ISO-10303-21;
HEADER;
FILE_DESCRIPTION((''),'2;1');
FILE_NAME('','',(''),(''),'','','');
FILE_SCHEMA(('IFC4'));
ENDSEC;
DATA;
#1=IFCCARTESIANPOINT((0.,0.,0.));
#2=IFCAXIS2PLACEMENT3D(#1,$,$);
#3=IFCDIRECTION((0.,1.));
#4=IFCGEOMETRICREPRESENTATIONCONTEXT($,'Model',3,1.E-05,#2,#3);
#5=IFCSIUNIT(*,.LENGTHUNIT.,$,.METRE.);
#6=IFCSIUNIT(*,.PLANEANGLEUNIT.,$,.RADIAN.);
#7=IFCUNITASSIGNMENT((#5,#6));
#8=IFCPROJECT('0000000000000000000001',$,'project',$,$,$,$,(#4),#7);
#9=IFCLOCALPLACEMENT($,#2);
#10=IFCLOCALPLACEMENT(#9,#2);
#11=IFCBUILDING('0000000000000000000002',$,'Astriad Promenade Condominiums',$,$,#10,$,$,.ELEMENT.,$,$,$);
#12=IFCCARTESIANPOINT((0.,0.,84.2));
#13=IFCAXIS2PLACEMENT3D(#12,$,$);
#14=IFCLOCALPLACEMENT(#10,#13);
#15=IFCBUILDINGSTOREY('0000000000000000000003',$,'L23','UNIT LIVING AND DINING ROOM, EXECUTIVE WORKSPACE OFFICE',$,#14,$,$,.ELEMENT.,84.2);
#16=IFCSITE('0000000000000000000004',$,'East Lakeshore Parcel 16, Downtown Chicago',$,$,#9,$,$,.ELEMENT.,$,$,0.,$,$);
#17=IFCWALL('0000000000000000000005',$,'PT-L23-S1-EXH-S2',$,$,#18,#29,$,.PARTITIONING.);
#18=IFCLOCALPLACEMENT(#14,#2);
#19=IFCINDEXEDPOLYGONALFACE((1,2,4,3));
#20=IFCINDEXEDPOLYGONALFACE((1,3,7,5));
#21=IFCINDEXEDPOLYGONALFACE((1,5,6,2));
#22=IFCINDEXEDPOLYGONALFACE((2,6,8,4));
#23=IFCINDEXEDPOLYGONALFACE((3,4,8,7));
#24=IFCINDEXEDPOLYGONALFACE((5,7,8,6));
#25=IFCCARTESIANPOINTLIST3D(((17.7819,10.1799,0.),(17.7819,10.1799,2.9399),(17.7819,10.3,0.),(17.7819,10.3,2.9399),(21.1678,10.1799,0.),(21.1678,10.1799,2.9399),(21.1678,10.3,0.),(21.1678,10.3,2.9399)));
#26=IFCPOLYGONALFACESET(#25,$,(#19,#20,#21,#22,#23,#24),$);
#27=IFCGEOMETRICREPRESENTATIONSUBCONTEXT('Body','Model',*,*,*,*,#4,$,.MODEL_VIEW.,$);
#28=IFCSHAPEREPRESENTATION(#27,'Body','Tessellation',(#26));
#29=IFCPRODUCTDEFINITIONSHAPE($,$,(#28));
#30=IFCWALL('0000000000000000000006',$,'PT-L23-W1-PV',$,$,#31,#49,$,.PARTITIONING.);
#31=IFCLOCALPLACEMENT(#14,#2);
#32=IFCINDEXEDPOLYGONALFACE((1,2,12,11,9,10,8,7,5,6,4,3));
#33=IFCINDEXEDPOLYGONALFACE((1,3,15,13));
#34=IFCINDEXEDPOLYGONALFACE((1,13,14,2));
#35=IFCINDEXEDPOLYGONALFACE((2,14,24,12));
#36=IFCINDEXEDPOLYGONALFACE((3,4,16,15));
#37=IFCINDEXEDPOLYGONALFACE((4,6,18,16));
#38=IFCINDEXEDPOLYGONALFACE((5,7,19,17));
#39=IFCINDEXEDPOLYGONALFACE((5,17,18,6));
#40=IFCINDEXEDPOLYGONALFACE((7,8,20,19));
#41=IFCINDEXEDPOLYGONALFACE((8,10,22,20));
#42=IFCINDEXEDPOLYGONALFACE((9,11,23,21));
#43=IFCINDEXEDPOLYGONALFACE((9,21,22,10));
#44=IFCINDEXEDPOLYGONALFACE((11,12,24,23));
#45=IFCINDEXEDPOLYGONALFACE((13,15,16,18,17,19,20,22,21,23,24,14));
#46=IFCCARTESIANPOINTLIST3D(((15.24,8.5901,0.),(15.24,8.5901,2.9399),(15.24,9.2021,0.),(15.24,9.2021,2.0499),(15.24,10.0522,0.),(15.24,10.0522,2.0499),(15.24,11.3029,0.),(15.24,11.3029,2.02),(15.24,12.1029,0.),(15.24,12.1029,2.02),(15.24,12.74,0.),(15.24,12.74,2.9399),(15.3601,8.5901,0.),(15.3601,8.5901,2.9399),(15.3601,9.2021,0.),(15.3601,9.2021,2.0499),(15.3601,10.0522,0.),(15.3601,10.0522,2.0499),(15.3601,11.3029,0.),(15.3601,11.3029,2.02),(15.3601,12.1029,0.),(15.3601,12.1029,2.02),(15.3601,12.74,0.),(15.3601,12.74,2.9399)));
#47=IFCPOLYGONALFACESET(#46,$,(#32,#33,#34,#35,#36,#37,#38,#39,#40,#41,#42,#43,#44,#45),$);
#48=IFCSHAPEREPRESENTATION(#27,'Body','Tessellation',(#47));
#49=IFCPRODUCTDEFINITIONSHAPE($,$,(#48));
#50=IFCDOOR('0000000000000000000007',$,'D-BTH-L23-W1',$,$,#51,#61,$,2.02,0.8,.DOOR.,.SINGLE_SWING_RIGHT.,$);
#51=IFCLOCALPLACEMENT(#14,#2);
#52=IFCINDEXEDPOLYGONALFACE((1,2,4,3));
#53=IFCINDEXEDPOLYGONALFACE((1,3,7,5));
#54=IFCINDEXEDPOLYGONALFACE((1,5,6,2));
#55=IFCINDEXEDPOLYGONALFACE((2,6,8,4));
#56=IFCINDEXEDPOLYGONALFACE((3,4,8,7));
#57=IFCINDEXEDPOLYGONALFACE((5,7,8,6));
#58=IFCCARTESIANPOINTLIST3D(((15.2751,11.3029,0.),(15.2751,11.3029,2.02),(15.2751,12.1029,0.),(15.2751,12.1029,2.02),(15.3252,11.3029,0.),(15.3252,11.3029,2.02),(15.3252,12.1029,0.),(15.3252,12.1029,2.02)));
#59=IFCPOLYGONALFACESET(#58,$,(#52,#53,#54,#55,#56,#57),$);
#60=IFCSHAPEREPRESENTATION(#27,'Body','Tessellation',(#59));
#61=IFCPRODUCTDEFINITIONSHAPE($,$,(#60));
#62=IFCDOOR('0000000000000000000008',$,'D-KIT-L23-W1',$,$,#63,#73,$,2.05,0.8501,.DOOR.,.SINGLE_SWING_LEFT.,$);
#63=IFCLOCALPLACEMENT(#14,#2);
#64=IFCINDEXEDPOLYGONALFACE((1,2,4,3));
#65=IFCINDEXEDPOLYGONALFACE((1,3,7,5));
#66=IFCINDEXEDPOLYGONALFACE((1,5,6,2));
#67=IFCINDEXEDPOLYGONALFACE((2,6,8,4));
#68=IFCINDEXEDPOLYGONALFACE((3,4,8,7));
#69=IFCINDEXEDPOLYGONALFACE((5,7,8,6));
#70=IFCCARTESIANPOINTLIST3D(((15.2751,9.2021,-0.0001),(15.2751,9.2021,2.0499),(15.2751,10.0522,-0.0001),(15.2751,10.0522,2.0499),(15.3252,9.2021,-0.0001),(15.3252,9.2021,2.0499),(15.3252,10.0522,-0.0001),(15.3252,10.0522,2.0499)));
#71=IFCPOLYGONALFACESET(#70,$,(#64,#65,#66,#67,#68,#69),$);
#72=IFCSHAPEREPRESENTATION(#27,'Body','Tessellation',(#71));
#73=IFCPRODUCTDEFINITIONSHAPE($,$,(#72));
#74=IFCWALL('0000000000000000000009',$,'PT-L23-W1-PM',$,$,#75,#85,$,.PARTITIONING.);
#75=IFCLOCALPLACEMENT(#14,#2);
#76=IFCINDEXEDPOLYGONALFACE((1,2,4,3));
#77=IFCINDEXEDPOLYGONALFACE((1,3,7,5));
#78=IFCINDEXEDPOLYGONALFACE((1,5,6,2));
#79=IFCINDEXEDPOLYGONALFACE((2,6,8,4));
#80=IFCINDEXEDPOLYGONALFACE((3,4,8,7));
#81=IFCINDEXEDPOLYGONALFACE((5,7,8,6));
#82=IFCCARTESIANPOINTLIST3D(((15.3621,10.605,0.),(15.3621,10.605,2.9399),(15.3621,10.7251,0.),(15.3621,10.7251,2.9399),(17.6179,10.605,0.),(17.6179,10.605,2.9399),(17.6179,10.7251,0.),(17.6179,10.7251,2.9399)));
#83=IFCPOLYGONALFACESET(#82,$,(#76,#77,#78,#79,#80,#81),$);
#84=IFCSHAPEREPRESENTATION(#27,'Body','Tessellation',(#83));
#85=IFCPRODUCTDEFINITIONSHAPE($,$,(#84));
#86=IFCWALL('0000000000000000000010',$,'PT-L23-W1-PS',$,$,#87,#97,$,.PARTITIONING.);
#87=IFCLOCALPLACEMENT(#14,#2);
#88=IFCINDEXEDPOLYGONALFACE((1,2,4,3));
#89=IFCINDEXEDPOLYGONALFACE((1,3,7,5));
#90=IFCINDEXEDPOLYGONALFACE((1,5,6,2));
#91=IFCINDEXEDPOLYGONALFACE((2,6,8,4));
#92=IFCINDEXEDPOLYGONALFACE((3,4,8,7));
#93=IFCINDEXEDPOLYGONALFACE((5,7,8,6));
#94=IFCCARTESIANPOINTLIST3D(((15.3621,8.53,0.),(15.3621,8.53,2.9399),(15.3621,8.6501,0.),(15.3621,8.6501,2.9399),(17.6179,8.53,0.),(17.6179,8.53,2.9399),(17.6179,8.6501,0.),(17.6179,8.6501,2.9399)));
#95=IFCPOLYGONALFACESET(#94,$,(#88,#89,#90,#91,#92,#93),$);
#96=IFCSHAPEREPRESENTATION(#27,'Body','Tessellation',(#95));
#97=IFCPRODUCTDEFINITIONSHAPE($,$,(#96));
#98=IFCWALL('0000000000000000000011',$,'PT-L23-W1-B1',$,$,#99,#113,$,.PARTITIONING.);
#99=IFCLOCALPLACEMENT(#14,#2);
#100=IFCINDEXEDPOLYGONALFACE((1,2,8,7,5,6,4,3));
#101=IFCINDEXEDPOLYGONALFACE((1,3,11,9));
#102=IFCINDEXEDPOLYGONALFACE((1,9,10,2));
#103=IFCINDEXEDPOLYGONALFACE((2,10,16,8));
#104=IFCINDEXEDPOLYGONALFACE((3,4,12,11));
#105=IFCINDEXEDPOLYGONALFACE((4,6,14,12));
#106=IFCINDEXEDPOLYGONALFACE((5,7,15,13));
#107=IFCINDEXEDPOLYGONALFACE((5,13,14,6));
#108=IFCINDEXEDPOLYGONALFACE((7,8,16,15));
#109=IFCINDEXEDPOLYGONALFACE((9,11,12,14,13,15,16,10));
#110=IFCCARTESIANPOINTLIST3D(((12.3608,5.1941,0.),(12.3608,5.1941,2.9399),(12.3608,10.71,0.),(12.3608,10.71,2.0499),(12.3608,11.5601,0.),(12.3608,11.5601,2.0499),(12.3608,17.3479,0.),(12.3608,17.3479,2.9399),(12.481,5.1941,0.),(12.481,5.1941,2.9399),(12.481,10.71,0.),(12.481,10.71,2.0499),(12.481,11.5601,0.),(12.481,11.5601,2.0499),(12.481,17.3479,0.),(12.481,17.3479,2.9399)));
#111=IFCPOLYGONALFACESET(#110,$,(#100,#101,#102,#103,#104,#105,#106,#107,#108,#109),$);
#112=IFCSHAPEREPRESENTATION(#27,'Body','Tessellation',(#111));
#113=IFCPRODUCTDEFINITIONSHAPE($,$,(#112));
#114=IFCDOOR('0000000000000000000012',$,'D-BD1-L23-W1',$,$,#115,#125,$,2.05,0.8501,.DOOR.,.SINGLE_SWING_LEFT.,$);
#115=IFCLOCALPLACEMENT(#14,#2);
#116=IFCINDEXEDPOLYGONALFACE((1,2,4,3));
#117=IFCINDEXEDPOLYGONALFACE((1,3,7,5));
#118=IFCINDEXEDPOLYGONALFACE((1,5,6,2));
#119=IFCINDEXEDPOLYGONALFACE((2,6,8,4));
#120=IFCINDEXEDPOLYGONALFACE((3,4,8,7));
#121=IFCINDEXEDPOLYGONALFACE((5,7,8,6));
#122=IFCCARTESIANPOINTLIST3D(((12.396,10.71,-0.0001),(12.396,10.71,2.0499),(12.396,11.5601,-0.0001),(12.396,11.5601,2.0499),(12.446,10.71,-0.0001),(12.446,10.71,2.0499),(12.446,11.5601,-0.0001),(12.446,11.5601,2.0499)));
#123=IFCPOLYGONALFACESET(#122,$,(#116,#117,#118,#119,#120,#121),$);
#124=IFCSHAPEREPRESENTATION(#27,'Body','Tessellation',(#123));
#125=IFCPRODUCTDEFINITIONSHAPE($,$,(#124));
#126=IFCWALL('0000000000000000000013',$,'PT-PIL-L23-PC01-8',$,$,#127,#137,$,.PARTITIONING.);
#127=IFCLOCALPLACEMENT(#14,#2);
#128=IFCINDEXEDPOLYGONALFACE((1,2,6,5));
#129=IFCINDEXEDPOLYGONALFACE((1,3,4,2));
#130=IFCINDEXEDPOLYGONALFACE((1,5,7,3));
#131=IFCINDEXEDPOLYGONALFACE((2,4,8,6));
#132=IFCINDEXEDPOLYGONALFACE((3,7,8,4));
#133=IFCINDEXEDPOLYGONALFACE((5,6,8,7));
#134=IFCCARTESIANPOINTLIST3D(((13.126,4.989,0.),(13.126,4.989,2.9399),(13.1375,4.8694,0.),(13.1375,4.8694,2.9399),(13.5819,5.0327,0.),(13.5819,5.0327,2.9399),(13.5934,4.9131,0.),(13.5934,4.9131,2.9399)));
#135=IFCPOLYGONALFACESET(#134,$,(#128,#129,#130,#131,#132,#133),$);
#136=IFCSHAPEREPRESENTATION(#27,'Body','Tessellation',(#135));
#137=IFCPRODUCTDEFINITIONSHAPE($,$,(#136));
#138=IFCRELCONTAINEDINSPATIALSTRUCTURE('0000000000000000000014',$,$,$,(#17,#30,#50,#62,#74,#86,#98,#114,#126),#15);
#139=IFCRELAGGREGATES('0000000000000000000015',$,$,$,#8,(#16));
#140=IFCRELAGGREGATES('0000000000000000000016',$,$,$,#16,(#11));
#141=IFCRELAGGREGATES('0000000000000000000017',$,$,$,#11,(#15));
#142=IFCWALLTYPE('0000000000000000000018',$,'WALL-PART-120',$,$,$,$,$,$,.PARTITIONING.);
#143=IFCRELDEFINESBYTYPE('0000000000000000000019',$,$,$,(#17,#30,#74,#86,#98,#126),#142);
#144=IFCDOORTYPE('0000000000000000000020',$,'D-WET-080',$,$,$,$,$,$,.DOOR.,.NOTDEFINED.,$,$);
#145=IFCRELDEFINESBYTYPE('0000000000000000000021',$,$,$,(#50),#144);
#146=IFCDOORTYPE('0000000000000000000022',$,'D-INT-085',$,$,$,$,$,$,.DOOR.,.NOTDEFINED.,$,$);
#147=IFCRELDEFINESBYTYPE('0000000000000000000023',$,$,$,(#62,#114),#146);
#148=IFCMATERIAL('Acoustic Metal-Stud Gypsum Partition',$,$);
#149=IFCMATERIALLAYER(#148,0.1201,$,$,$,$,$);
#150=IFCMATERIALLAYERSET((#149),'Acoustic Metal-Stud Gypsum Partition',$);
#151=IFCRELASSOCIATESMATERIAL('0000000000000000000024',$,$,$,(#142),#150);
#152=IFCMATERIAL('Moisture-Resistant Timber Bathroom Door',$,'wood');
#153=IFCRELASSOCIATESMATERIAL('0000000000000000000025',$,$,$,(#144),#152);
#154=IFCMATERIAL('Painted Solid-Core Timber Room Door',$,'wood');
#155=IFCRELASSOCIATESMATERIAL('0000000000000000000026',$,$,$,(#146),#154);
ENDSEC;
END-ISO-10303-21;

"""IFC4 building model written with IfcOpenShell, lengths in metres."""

from ifc_helpers import new_model, si_unit, direction, frame, frame_2d, origin, place, context, subcontext, project, spatial, rectangle, extrude, source, transform, mapped, material, layer, layer_set, type_object, type_shapes, element, fill, save


model = new_model("IFC4")

# Units and contexts
model_context = context("Model", 3, precision=1e-05, world=origin(), true_north=direction((0.0, 1.0)))
body_context = subcontext(model_context, "Body", "Model", "MODEL_VIEW")
ifc_project = project(units=[si_unit("LENGTHUNIT", "METRE"), si_unit("PLANEANGLEUNIT", "RADIAN")], contexts=[model_context])

# Site, building, storey
site_placement = place(None, origin())
site = spatial("IfcSite", under=ifc_project, at=site_placement, Name="East Lakeshore Parcel 16, Downtown Chicago", CompositionType="ELEMENT", RefElevation=0.0)
building_placement = place(site_placement, origin())
building = spatial("IfcBuilding", under=site, at=building_placement, Name="Astriad Promenade Condominiums", CompositionType="ELEMENT")
storey_placement = place(building_placement, frame((0.0, 0.0, 84.2)))
storey = spatial("IfcBuildingStorey", under=building, at=storey_placement, Name="L23", Description="UNIT LIVING AND DINING ROOM, EXECUTIVE WORKSPACE OFFICE", CompositionType="ELEMENT", Elevation=84.2)

# Wall
ifc_material_1 = material(Name="Acoustic Metal-Stud Gypsum Partition")
ifc_layer_1 = layer(ifc_material_1, 0.1201)
ifc_layer_set_1 = layer_set([ifc_layer_1], Name="Acoustic Metal-Stud Gypsum Partition")
wall_type_1 = type_object("IfcWallType", Name="WALL-PART-120", PredefinedType="PARTITIONING", material=ifc_layer_set_1)
wall_1_placement = place(storey_placement, frame((17.782, 10.24, 0.0), z_axis=(0.0, 0.0, 1.0), x_axis=(1.0, 0.0, 0.0)))
element("IfcWall", 1, at=wall_1_placement, inside=storey, type_object=wall_type_1, Name="PT-L23-S1-EXH-S2", PredefinedType="PARTITIONING", context=body_context, shape_type="SweptSolid", body=[
    extrude(rectangle(XDim=3.386, YDim=0.1201, at=frame_2d((1.6929, 0.0))), origin(), (0.0, 0.0, 1.0), 2.9399),
])

# Wall, openings, doors
wall_2_placement = place(storey_placement, frame((15.3, 8.5901, 0.0), z_axis=(0.0, 0.0, 1.0), x_axis=(0.0, 1.0, 0.0)))
wall_2 = element("IfcWall", 2, at=wall_2_placement, inside=storey, type_object=wall_type_1, Name="PT-L23-W1-PV", PredefinedType="PARTITIONING", context=body_context, shape_type="SweptSolid", body=[
    extrude(rectangle(XDim=4.1499, YDim=0.1201, at=frame_2d((2.075, 0.0))), origin(), (0.0, 0.0, 1.0), 2.9399),
])
opening_1_placement = place(wall_2_placement, frame((0.6121, 0.0, 0.0)))
opening_1 = element("IfcOpeningElement", 3, at=opening_1_placement, cuts=wall_2, PredefinedType="OPENING", context=body_context, shape_type="SweptSolid", body=[
    extrude(rectangle(XDim=0.8501, YDim=2.05, at=frame_2d((0.425, 1.0249))), frame((0.0, 0.0701, 0.0), z_axis=(0.0, -1.0, 0.0), x_axis=(1.0, 0.0, 0.0)), (0.0, 0.0, 1.0), 0.1401),
])
opening_2_placement = place(wall_2_placement, frame((2.7129, 0.0, 0.0)))
opening_2 = element("IfcOpeningElement", 4, at=opening_2_placement, cuts=wall_2, PredefinedType="OPENING", context=body_context, shape_type="SweptSolid", body=[
    extrude(rectangle(XDim=0.8, YDim=2.02, at=frame_2d((0.3999, 1.01))), frame((0.0, 0.0701, 0.0), z_axis=(0.0, -1.0, 0.0), x_axis=(1.0, 0.0, 0.0)), (0.0, 0.0, 1.0), 0.1401),
])
ifc_material_2 = material(Name="Moisture-Resistant Timber Bathroom Door", Category="wood")
door_type_1 = type_object("IfcDoorType", Name="D-WET-080", OperationType="NOTDEFINED", PredefinedType="DOOR", material=ifc_material_2)
shared_shape_1 = source(origin(), body_context, "Body", "SweptSolid", [
    extrude(rectangle(XDim=0.8, YDim=2.02, at=frame_2d((0.3999, 1.01))), frame((0.0, 0.0249, 0.0), z_axis=(0.0, -1.0, 0.0), x_axis=(1.0, 0.0, 0.0)), (0.0, 0.0, 1.0), 0.05),
])
type_shapes(door_type_1, [shared_shape_1])
door_1_placement = place(opening_2_placement, origin())
door_1 = element("IfcDoor", 5, at=door_1_placement, inside=storey, type_object=door_type_1, Name="D-BTH-L23-W1", OperationType="SINGLE_SWING_RIGHT", OverallHeight=2.02, OverallWidth=0.8, PredefinedType="DOOR", context=body_context, shape_type="MappedRepresentation", body=[
    mapped(shared_shape_1, transform((0.0, 0.0, 0.0), scale=1.0)),
])
fill(opening_2, door_1)
ifc_material_3 = material(Name="Painted Solid-Core Timber Room Door", Category="wood")
door_type_2 = type_object("IfcDoorType", Name="D-INT-085", OperationType="NOTDEFINED", PredefinedType="DOOR", material=ifc_material_3)
shared_shape_2 = source(origin(), body_context, "Body", "SweptSolid", [
    extrude(rectangle(XDim=0.8501, YDim=2.05, at=frame_2d((0.425, 1.0249))), frame((0.0, 0.0249, 0.0), z_axis=(0.0, -1.0, 0.0), x_axis=(1.0, 0.0, 0.0)), (0.0, 0.0, 1.0), 0.05),
])
type_shapes(door_type_2, [shared_shape_2])
door_2_placement = place(opening_1_placement, origin())
door_2 = element("IfcDoor", 6, at=door_2_placement, inside=storey, type_object=door_type_2, Name="D-KIT-L23-W1", OperationType="SINGLE_SWING_LEFT", OverallHeight=2.05, OverallWidth=0.8501, PredefinedType="DOOR", context=body_context, shape_type="MappedRepresentation", body=[
    mapped(shared_shape_2, transform((0.0, 0.0, 0.0), scale=1.0)),
])
fill(opening_1, door_2)

# Walls
for number, where, z_axis, x_axis, name in (
    (7, (15.3621, 10.665, 0.0), (0.0, 0.0, 1.0), (1.0, 0.0, 0.0), "PT-L23-W1-PM"),
    (8, (15.3621, 8.5901, 0.0), (0.0, 0.0, 1.0), (1.0, 0.0, 0.0), "PT-L23-W1-PS"),
):
    element("IfcWall", number, at=place(storey_placement, frame(where, z_axis=z_axis, x_axis=x_axis)), inside=storey, type_object=wall_type_1, Name=name, PredefinedType="PARTITIONING", context=body_context, shape_type="SweptSolid", body=[
        extrude(rectangle(XDim=2.2559, YDim=0.1201, at=frame_2d((1.1279, 0.0))), origin(), (0.0, 0.0, 1.0), 2.9399),
    ])

# Wall, opening, door
wall_3_placement = place(storey_placement, frame((12.4209, 5.1941, 0.0), z_axis=(0.0, 0.0, 1.0), x_axis=(0.0, 1.0, 0.0)))
wall_3 = element("IfcWall", 9, at=wall_3_placement, inside=storey, type_object=wall_type_1, Name="PT-L23-W1-B1", PredefinedType="PARTITIONING", context=body_context, shape_type="SweptSolid", body=[
    extrude(rectangle(XDim=12.1538, YDim=0.1201, at=frame_2d((6.0769, 0.0))), origin(), (0.0, 0.0, 1.0), 2.9399),
])
opening_3_placement = place(wall_3_placement, frame((5.5159, 0.0, 0.0)))
opening_3 = element("IfcOpeningElement", 10, at=opening_3_placement, cuts=wall_3, PredefinedType="OPENING", context=body_context, shape_type="SweptSolid", body=[
    extrude(rectangle(XDim=0.8501, YDim=2.05, at=frame_2d((0.425, 1.0249))), frame((0.0, 0.0701, 0.0), z_axis=(0.0, -1.0, 0.0), x_axis=(1.0, 0.0, 0.0)), (0.0, 0.0, 1.0), 0.1401),
])
door_3_placement = place(opening_3_placement, origin())
door_3 = element("IfcDoor", 11, at=door_3_placement, inside=storey, type_object=door_type_2, Name="D-BD1-L23-W1", OperationType="SINGLE_SWING_LEFT", OverallHeight=2.05, OverallWidth=0.8501, PredefinedType="DOOR", context=body_context, shape_type="MappedRepresentation", body=[
    mapped(shared_shape_2, transform((0.0, 0.0, 0.0), scale=1.0)),
])
fill(opening_3, door_3)

# Wall
wall_4_placement = place(storey_placement, frame((13.5876, 4.9729, 0.0), z_axis=(0.0, 0.0, 1.0), x_axis=(-0.995435, -0.095438, 0.0)))
element("IfcWall", 12, at=wall_4_placement, inside=storey, type_object=wall_type_1, Name="PT-PIL-L23-PC01-8", PredefinedType="PARTITIONING", context=body_context, shape_type="SweptSolid", body=[
    extrude(rectangle(XDim=0.458, YDim=0.1201, at=frame_2d((0.229, 0.0))), origin(), (0.0, 0.0, 1.0), 2.9399),
])

save(model, "model.ifc")
